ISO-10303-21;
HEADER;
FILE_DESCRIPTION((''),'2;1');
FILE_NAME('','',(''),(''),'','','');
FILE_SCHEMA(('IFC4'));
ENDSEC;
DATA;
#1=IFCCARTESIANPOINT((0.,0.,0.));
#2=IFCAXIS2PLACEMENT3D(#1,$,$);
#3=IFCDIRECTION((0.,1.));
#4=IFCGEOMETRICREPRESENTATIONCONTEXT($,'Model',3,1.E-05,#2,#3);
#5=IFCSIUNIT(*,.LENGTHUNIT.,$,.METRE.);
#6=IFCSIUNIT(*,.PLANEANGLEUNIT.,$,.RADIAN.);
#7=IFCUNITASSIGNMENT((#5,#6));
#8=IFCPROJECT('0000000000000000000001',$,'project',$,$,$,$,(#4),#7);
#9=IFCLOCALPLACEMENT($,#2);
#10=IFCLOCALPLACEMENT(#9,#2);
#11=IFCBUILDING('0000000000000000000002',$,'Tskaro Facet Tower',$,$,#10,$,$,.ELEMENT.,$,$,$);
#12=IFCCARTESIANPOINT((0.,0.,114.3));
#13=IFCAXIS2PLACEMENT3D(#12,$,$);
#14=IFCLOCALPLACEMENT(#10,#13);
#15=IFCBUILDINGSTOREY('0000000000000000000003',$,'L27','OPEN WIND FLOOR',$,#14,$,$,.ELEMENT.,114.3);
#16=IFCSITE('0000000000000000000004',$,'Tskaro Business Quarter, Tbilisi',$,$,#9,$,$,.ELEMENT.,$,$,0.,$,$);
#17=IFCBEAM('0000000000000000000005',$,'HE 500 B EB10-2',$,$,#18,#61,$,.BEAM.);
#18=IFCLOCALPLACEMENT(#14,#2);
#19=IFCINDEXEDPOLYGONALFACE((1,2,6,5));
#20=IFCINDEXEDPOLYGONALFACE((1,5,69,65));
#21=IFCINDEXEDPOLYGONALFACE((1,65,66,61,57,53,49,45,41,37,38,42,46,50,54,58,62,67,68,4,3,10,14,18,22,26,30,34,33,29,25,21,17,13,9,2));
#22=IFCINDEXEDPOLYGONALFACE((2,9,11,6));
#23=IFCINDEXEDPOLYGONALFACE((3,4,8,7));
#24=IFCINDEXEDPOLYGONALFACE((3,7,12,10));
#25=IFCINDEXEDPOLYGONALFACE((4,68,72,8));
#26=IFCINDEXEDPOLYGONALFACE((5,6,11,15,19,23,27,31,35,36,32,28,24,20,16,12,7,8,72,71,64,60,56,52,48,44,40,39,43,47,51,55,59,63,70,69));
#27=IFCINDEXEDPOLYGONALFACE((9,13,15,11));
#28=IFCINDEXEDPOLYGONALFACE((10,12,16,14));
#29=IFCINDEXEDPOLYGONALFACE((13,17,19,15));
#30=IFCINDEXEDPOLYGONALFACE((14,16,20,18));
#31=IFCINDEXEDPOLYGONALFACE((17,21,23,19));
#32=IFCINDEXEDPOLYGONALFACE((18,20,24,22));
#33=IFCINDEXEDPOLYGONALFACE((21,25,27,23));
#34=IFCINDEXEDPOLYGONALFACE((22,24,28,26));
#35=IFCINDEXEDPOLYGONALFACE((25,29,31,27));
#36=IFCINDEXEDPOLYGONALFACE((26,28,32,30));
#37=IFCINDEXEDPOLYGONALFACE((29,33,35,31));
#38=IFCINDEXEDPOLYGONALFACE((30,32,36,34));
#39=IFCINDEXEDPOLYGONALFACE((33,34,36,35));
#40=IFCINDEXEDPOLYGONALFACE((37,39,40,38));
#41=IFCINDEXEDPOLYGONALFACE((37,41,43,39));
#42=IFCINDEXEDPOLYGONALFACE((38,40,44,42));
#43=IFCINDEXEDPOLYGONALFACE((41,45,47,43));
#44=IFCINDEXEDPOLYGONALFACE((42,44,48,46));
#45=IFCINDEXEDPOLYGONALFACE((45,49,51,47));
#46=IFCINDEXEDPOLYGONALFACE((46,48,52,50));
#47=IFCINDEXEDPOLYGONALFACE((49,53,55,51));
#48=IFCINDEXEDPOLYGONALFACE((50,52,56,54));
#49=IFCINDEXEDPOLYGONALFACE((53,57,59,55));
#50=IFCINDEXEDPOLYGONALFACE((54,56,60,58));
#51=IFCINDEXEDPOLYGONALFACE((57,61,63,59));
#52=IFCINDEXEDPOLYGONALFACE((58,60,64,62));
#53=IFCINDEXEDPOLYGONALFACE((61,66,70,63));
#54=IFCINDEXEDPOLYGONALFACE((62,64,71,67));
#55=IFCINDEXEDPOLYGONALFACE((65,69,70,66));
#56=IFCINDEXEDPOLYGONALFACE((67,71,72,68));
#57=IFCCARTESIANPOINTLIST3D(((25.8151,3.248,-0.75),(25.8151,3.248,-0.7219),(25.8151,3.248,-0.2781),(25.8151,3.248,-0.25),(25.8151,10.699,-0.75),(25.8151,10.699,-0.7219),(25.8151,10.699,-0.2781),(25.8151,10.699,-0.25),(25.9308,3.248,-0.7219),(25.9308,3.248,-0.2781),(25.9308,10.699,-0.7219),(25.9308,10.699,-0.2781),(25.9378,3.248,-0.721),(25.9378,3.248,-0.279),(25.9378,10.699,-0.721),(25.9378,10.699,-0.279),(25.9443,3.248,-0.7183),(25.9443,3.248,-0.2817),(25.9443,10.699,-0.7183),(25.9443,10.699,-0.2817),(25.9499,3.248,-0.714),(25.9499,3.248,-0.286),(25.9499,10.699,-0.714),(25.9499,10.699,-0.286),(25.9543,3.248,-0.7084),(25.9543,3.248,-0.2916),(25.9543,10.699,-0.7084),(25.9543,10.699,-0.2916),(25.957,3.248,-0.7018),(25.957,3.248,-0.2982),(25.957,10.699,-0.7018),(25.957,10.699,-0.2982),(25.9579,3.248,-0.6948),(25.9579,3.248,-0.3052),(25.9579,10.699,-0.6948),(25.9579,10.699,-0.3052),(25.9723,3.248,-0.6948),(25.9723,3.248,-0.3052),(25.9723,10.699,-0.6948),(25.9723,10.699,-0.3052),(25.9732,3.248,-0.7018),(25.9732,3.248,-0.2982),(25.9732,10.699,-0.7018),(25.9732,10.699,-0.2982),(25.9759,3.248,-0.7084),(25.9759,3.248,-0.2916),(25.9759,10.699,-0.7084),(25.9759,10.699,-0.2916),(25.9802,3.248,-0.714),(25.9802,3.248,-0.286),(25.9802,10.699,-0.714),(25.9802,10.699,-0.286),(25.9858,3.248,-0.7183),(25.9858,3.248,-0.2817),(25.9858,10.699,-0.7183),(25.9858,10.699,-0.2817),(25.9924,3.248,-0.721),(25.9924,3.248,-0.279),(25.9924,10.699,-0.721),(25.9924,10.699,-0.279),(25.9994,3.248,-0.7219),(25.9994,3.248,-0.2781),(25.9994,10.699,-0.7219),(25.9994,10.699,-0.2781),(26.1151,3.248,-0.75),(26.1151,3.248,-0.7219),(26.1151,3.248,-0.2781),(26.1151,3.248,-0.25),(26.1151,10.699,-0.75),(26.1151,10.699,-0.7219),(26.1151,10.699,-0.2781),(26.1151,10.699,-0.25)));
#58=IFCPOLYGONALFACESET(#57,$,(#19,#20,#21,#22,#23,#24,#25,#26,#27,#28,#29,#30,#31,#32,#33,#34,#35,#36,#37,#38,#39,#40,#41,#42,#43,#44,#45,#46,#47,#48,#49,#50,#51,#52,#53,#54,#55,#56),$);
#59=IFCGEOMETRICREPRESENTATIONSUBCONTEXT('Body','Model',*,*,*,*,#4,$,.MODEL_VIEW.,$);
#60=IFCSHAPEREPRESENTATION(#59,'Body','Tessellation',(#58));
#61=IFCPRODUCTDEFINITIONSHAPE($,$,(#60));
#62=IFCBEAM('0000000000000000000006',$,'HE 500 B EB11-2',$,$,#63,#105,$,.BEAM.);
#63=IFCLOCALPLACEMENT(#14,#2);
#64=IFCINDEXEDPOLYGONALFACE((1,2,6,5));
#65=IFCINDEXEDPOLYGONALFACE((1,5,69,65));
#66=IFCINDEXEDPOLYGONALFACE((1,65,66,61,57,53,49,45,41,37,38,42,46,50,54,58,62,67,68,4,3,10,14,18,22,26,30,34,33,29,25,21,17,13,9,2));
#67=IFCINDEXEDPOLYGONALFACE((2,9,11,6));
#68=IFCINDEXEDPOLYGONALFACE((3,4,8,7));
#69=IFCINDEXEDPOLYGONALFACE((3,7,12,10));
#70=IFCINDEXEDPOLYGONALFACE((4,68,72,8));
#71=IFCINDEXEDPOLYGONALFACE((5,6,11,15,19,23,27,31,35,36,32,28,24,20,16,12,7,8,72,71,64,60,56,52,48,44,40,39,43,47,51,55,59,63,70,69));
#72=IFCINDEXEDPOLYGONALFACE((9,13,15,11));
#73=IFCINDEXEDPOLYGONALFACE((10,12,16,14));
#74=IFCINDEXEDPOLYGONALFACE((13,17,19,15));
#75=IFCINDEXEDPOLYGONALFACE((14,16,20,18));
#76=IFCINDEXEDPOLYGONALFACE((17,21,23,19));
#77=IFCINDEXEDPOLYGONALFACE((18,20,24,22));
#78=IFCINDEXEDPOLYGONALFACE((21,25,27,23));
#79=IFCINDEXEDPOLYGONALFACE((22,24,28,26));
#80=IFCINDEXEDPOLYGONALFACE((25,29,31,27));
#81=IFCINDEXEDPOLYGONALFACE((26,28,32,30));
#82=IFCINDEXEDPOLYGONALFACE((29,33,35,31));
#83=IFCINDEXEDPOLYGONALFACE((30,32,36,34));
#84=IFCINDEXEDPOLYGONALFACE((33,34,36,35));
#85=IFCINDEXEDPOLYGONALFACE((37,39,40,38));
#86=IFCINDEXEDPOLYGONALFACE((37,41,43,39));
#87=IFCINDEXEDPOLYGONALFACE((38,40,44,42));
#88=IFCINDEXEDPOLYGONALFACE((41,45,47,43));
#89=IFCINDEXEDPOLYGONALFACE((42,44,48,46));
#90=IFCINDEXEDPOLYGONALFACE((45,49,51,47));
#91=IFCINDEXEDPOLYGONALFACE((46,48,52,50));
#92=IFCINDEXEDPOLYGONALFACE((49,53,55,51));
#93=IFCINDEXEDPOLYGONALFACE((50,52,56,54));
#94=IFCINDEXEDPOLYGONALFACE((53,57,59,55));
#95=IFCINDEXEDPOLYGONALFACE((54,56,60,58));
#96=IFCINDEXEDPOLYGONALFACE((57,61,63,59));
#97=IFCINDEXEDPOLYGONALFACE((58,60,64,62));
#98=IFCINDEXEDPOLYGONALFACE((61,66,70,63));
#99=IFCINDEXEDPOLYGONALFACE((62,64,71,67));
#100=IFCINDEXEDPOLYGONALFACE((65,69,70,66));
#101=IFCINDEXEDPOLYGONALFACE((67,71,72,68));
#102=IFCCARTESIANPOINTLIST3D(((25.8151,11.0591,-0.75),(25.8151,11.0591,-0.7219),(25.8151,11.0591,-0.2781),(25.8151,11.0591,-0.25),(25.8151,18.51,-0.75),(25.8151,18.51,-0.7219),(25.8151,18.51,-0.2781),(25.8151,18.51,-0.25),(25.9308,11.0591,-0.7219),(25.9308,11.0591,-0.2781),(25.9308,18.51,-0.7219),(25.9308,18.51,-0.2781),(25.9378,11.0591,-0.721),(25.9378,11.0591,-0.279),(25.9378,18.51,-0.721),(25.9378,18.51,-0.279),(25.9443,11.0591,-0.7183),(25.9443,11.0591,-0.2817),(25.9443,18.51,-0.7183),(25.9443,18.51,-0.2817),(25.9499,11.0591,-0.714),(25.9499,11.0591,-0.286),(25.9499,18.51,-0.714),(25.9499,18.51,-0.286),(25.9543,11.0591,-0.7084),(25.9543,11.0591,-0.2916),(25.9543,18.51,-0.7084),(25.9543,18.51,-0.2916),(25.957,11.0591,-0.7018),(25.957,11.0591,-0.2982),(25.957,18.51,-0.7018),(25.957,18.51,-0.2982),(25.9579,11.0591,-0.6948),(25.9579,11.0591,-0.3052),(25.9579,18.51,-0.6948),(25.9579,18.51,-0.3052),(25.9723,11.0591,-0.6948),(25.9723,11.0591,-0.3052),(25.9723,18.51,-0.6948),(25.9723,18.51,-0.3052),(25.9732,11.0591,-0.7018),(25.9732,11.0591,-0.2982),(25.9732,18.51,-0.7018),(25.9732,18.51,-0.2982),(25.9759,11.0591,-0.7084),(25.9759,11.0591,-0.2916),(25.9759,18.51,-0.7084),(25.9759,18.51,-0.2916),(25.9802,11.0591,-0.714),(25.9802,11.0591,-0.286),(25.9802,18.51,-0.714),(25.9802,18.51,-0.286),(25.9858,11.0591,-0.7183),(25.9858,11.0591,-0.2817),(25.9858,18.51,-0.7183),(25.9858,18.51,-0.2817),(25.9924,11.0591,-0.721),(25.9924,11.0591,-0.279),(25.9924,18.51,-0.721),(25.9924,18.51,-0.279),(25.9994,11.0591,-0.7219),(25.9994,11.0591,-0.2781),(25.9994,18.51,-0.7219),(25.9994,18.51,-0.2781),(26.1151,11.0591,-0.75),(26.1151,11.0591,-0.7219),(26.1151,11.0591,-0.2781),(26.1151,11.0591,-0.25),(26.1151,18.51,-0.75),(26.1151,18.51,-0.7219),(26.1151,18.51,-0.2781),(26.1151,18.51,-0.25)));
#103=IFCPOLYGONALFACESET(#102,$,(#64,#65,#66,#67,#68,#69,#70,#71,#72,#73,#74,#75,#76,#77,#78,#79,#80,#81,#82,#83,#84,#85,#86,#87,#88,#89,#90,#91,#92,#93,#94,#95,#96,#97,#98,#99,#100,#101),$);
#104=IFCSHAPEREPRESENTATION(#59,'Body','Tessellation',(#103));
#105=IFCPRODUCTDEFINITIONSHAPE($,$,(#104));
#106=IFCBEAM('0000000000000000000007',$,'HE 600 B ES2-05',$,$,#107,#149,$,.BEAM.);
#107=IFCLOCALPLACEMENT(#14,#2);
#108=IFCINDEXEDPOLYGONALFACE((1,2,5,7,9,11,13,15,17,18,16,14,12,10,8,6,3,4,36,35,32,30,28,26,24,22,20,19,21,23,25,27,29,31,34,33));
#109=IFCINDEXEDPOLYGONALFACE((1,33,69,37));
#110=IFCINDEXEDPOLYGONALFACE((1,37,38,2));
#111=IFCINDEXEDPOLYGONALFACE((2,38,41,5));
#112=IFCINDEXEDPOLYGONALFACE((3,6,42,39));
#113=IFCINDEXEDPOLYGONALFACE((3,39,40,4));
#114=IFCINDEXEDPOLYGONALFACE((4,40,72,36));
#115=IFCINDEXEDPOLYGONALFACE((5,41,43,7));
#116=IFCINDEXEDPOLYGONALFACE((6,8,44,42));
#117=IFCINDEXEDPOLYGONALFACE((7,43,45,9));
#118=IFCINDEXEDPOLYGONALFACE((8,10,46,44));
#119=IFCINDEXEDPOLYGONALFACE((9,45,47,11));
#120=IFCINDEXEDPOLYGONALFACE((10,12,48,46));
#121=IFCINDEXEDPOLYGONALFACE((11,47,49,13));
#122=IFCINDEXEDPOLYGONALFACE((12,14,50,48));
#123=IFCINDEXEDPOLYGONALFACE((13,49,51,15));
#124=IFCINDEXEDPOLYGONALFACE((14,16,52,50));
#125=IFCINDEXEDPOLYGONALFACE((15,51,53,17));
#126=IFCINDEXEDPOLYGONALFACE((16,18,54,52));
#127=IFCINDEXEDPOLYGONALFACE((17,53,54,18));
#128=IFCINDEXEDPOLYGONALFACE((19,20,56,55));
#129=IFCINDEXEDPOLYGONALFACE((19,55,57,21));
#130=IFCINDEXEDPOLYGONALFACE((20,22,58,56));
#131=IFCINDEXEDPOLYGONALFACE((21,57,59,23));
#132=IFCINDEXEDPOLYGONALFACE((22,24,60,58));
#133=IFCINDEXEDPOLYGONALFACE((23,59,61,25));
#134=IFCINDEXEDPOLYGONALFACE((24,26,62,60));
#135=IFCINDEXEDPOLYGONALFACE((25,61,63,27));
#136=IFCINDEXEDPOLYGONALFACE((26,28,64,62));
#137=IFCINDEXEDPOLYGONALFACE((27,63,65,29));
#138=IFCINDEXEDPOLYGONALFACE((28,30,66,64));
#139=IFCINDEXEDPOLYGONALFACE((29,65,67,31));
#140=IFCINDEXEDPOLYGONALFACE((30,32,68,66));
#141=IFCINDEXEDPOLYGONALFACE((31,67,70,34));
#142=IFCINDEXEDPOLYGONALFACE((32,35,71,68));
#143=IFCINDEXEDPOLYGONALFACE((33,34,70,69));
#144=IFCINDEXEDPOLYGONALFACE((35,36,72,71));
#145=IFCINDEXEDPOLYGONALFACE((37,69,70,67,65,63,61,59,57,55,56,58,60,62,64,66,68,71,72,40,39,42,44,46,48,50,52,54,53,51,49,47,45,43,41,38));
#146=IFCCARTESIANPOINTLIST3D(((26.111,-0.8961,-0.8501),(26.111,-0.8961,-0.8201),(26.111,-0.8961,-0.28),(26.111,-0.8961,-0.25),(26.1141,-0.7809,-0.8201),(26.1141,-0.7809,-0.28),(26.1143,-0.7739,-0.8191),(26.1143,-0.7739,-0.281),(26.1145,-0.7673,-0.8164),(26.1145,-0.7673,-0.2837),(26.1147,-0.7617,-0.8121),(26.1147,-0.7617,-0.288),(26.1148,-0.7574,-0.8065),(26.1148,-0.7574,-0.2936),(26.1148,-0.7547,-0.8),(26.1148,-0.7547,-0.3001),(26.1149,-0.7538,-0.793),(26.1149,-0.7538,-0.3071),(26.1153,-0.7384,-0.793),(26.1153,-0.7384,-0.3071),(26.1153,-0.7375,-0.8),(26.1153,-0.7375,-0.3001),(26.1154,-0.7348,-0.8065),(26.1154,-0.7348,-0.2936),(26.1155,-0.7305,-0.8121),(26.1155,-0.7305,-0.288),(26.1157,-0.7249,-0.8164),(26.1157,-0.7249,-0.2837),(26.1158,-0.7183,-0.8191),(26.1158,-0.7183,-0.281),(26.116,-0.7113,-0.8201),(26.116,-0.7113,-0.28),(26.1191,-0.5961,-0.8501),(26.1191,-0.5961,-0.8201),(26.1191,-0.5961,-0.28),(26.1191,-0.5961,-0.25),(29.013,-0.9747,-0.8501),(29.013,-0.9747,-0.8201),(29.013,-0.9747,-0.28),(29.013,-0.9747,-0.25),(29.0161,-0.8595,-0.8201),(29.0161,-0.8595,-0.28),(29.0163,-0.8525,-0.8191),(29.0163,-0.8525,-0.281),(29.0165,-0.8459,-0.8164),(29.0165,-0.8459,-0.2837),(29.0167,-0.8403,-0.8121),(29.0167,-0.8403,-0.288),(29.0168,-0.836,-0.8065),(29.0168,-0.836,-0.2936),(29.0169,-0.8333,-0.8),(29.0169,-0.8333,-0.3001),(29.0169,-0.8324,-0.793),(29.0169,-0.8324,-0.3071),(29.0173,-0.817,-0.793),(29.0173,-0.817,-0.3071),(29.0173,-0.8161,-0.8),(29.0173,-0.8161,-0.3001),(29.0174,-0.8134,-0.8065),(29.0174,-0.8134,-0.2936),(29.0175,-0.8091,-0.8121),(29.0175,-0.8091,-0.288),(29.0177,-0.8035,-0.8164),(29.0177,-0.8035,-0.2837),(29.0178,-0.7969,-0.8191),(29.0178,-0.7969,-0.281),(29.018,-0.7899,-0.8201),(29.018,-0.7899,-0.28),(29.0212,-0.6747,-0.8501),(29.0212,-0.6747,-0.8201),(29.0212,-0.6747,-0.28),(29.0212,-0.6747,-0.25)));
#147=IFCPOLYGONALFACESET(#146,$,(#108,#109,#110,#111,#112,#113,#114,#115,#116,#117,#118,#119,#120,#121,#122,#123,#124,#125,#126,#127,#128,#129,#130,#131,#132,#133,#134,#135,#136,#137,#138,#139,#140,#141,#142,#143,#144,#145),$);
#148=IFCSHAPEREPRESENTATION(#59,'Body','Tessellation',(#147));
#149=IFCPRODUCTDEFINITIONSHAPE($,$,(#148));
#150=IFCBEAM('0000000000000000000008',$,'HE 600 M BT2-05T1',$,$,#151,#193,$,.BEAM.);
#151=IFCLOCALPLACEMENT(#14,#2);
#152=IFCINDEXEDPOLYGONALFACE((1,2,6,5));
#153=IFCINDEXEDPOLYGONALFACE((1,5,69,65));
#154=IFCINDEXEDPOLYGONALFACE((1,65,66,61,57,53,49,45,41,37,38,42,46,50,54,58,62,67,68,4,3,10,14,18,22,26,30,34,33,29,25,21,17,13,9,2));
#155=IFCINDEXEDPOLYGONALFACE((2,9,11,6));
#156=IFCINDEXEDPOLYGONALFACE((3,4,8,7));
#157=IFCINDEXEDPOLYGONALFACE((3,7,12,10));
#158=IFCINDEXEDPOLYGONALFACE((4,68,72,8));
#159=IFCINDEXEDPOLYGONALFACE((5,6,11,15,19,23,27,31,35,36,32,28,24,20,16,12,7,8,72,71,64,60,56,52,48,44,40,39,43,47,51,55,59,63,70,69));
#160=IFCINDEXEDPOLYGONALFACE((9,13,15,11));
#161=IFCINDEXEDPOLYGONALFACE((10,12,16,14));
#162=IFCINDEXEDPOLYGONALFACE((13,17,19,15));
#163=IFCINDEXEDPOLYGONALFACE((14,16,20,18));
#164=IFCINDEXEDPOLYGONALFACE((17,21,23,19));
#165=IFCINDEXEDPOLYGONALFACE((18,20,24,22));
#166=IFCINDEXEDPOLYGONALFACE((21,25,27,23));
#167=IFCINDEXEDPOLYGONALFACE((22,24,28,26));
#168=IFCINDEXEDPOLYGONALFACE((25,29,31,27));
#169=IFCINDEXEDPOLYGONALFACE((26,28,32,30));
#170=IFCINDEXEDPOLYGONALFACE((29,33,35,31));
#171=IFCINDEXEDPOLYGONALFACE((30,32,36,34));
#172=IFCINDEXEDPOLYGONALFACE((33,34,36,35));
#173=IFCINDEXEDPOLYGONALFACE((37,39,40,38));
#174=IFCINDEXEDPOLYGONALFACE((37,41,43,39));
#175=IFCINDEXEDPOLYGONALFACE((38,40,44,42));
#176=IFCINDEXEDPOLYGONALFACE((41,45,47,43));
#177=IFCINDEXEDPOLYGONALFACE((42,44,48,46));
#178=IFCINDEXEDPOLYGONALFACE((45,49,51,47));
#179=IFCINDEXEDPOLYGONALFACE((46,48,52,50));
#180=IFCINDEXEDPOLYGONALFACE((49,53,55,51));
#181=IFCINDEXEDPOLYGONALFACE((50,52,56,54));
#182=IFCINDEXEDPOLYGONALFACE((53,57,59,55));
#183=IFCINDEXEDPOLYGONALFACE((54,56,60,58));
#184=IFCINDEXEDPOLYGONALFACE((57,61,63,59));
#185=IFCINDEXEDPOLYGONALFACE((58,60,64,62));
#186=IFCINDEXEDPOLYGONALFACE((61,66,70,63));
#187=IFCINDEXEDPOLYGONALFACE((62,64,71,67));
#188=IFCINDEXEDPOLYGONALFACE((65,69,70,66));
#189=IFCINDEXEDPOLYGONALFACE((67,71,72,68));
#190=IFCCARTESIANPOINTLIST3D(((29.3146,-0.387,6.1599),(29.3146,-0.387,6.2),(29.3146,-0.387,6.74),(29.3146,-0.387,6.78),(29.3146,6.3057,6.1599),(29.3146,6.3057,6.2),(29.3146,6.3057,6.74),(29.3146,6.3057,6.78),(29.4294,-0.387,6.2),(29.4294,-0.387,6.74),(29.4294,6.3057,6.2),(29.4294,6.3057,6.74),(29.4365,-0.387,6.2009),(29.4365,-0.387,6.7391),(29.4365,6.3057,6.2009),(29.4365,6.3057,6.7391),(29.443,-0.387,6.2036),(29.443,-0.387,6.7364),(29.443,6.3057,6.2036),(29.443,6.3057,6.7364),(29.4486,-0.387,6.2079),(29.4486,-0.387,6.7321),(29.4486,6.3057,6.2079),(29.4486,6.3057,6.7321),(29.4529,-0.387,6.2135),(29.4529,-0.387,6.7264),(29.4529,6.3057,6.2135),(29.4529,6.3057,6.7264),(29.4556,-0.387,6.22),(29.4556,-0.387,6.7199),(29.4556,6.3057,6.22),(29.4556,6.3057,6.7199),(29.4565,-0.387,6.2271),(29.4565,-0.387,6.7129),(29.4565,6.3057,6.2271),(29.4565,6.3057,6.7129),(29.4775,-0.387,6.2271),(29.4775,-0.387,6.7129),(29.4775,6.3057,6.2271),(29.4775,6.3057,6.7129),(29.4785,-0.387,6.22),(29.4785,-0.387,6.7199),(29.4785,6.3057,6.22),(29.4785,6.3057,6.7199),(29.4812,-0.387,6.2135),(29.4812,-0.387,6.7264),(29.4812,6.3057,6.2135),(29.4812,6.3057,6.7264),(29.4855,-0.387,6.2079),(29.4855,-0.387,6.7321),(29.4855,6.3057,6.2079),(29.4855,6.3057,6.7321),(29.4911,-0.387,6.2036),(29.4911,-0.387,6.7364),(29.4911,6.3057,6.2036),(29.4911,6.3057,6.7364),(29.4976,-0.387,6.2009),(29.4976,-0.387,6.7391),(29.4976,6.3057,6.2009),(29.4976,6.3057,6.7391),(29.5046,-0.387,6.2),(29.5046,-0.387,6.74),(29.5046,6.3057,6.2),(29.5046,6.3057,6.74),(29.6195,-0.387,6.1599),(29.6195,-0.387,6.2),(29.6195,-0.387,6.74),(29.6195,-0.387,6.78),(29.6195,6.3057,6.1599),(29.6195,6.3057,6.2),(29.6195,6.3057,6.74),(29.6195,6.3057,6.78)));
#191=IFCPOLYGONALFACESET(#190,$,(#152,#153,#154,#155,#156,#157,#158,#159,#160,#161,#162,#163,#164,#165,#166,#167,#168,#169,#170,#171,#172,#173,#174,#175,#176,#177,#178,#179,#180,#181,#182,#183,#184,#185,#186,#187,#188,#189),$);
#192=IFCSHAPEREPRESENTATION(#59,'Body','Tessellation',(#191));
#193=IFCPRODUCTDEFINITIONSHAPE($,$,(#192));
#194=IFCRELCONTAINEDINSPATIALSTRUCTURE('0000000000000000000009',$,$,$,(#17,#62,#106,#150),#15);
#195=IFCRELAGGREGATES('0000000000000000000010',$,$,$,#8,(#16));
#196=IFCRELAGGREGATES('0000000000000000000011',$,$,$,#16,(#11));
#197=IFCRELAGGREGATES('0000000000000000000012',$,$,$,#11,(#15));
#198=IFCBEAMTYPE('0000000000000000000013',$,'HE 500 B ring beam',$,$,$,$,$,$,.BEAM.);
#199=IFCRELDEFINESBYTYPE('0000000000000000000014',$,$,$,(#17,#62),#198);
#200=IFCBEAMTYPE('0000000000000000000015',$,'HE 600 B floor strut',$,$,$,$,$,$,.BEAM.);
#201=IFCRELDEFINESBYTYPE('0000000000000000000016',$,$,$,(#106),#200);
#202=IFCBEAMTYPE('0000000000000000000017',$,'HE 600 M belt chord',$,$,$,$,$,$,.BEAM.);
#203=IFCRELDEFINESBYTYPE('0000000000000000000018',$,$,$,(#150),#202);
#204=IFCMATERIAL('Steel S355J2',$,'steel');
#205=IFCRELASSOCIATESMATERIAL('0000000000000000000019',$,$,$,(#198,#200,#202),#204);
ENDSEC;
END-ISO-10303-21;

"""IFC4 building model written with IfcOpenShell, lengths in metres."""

from ifc_helpers import new_model, si_unit, direction, frame, origin, origin_2d, place, context, subcontext, project, spatial, i_section, extrude, material, material_profile, profile_set, type_object, element, save


model = new_model("IFC4")

# Units and contexts
model_context = context("Model", 3, precision=1e-05, world=origin(), true_north=direction((0.0, 1.0)))
body_context = subcontext(model_context, "Body", "Model", "MODEL_VIEW")
ifc_project = project(units=[si_unit("LENGTHUNIT", "METRE"), si_unit("PLANEANGLEUNIT", "RADIAN")], contexts=[model_context])

# Site, building, storey
site_placement = place(None, origin())
site = spatial("IfcSite", under=ifc_project, at=site_placement, Name="Tskaro Business Quarter, Tbilisi", CompositionType="ELEMENT", RefElevation=0.0)
building_placement = place(site_placement, origin())
building = spatial("IfcBuilding", under=site, at=building_placement, Name="Tskaro Facet Tower", CompositionType="ELEMENT")
storey_placement = place(building_placement, frame((0.0, 0.0, 114.3)))
storey = spatial("IfcBuildingStorey", under=building, at=storey_placement, Name="L27", Description="OPEN WIND FLOOR", CompositionType="ELEMENT", Elevation=114.3)

# Shared definitions
ifc_material_1 = material(Name="Steel S355J2", Category="steel")

# Beams
ifc_material_profile_1 = material_profile(ifc_material_1, i_section(OverallWidth=0.3, OverallDepth=0.5, WebThickness=0.0144, FlangeThickness=0.0281, FilletRadius=0.0271, at=origin_2d()), Name="HE 500 B")
ifc_profile_set_1 = profile_set([ifc_material_profile_1], Name="Steel S355J2")
beam_type_1 = type_object("IfcBeamType", Name="HE 500 B ring beam", PredefinedType="BEAM", material=ifc_profile_set_1)
for number, where, z_axis, x_axis, name in (
    (1, (25.9651, 3.248, -0.5), (0.0, 1.0, 0.0), (-1.0, 0.0, 0.0), "HE 500 B EB10-2"),
    (2, (25.9651, 11.0591, -0.5), (0.0, 1.0, 0.0), (-1.0, 0.0, 0.0), "HE 500 B EB11-2"),
):
    element("IfcBeam", number, at=place(storey_placement, frame(where, z_axis=z_axis, x_axis=x_axis)), inside=storey, type_object=beam_type_1, Name=name, PredefinedType="BEAM", context=body_context, shape_type="SweptSolid", body=[
        extrude(i_section(OverallWidth=0.3, OverallDepth=0.5, WebThickness=0.0144, FlangeThickness=0.0281, FilletRadius=0.0271, at=origin_2d()), origin(), (0.0, 0.0, 1.0), 7.4509),
    ])
ifc_material_profile_2 = material_profile(ifc_material_1, i_section(OverallWidth=0.3, OverallDepth=0.6001, WebThickness=0.0154, FlangeThickness=0.03, FilletRadius=0.0271, at=origin_2d()), Name="HE 600 B")
ifc_profile_set_2 = profile_set([ifc_material_profile_2], Name="Steel S355J2")
beam_type_2 = type_object("IfcBeamType", Name="HE 600 B floor strut", PredefinedType="BEAM", material=ifc_profile_set_2)
beam_1_placement = place(storey_placement, frame((29.0171, -0.8247, -0.55), z_axis=(-0.999633, 0.027078, 0.0), x_axis=(-0.027078, -0.999633, 0.0)))
element("IfcBeam", 3, at=beam_1_placement, inside=storey, type_object=beam_type_2, Name="HE 600 B ES2-05", PredefinedType="BEAM", context=body_context, shape_type="SweptSolid", body=[
    extrude(i_section(OverallWidth=0.3, OverallDepth=0.6001, WebThickness=0.0154, FlangeThickness=0.03, FilletRadius=0.0271, at=origin_2d()), origin(), (0.0, 0.0, 1.0), 2.9031),
])
ifc_material_profile_3 = material_profile(ifc_material_1, i_section(OverallWidth=0.3049, OverallDepth=0.6201, WebThickness=0.021, FlangeThickness=0.04, FilletRadius=0.0271, at=origin_2d()), Name="HE 600 M")
ifc_profile_set_3 = profile_set([ifc_material_profile_3], Name="Steel S355J2")
beam_type_3 = type_object("IfcBeamType", Name="HE 600 M belt chord", PredefinedType="BEAM", material=ifc_profile_set_3)
beam_2_placement = place(storey_placement, frame((29.467, -0.387, 6.47), z_axis=(0.0, 1.0, 0.0), x_axis=(-1.0, 0.0, 0.0)))
element("IfcBeam", 4, at=beam_2_placement, inside=storey, type_object=beam_type_3, Name="HE 600 M BT2-05T1", PredefinedType="BEAM", context=body_context, shape_type="SweptSolid", body=[
    extrude(i_section(OverallWidth=0.3049, OverallDepth=0.6201, WebThickness=0.021, FlangeThickness=0.04, FilletRadius=0.0271, at=origin_2d()), origin(), (0.0, 0.0, 1.0), 6.6926),
])

save(model, "model.ifc")
